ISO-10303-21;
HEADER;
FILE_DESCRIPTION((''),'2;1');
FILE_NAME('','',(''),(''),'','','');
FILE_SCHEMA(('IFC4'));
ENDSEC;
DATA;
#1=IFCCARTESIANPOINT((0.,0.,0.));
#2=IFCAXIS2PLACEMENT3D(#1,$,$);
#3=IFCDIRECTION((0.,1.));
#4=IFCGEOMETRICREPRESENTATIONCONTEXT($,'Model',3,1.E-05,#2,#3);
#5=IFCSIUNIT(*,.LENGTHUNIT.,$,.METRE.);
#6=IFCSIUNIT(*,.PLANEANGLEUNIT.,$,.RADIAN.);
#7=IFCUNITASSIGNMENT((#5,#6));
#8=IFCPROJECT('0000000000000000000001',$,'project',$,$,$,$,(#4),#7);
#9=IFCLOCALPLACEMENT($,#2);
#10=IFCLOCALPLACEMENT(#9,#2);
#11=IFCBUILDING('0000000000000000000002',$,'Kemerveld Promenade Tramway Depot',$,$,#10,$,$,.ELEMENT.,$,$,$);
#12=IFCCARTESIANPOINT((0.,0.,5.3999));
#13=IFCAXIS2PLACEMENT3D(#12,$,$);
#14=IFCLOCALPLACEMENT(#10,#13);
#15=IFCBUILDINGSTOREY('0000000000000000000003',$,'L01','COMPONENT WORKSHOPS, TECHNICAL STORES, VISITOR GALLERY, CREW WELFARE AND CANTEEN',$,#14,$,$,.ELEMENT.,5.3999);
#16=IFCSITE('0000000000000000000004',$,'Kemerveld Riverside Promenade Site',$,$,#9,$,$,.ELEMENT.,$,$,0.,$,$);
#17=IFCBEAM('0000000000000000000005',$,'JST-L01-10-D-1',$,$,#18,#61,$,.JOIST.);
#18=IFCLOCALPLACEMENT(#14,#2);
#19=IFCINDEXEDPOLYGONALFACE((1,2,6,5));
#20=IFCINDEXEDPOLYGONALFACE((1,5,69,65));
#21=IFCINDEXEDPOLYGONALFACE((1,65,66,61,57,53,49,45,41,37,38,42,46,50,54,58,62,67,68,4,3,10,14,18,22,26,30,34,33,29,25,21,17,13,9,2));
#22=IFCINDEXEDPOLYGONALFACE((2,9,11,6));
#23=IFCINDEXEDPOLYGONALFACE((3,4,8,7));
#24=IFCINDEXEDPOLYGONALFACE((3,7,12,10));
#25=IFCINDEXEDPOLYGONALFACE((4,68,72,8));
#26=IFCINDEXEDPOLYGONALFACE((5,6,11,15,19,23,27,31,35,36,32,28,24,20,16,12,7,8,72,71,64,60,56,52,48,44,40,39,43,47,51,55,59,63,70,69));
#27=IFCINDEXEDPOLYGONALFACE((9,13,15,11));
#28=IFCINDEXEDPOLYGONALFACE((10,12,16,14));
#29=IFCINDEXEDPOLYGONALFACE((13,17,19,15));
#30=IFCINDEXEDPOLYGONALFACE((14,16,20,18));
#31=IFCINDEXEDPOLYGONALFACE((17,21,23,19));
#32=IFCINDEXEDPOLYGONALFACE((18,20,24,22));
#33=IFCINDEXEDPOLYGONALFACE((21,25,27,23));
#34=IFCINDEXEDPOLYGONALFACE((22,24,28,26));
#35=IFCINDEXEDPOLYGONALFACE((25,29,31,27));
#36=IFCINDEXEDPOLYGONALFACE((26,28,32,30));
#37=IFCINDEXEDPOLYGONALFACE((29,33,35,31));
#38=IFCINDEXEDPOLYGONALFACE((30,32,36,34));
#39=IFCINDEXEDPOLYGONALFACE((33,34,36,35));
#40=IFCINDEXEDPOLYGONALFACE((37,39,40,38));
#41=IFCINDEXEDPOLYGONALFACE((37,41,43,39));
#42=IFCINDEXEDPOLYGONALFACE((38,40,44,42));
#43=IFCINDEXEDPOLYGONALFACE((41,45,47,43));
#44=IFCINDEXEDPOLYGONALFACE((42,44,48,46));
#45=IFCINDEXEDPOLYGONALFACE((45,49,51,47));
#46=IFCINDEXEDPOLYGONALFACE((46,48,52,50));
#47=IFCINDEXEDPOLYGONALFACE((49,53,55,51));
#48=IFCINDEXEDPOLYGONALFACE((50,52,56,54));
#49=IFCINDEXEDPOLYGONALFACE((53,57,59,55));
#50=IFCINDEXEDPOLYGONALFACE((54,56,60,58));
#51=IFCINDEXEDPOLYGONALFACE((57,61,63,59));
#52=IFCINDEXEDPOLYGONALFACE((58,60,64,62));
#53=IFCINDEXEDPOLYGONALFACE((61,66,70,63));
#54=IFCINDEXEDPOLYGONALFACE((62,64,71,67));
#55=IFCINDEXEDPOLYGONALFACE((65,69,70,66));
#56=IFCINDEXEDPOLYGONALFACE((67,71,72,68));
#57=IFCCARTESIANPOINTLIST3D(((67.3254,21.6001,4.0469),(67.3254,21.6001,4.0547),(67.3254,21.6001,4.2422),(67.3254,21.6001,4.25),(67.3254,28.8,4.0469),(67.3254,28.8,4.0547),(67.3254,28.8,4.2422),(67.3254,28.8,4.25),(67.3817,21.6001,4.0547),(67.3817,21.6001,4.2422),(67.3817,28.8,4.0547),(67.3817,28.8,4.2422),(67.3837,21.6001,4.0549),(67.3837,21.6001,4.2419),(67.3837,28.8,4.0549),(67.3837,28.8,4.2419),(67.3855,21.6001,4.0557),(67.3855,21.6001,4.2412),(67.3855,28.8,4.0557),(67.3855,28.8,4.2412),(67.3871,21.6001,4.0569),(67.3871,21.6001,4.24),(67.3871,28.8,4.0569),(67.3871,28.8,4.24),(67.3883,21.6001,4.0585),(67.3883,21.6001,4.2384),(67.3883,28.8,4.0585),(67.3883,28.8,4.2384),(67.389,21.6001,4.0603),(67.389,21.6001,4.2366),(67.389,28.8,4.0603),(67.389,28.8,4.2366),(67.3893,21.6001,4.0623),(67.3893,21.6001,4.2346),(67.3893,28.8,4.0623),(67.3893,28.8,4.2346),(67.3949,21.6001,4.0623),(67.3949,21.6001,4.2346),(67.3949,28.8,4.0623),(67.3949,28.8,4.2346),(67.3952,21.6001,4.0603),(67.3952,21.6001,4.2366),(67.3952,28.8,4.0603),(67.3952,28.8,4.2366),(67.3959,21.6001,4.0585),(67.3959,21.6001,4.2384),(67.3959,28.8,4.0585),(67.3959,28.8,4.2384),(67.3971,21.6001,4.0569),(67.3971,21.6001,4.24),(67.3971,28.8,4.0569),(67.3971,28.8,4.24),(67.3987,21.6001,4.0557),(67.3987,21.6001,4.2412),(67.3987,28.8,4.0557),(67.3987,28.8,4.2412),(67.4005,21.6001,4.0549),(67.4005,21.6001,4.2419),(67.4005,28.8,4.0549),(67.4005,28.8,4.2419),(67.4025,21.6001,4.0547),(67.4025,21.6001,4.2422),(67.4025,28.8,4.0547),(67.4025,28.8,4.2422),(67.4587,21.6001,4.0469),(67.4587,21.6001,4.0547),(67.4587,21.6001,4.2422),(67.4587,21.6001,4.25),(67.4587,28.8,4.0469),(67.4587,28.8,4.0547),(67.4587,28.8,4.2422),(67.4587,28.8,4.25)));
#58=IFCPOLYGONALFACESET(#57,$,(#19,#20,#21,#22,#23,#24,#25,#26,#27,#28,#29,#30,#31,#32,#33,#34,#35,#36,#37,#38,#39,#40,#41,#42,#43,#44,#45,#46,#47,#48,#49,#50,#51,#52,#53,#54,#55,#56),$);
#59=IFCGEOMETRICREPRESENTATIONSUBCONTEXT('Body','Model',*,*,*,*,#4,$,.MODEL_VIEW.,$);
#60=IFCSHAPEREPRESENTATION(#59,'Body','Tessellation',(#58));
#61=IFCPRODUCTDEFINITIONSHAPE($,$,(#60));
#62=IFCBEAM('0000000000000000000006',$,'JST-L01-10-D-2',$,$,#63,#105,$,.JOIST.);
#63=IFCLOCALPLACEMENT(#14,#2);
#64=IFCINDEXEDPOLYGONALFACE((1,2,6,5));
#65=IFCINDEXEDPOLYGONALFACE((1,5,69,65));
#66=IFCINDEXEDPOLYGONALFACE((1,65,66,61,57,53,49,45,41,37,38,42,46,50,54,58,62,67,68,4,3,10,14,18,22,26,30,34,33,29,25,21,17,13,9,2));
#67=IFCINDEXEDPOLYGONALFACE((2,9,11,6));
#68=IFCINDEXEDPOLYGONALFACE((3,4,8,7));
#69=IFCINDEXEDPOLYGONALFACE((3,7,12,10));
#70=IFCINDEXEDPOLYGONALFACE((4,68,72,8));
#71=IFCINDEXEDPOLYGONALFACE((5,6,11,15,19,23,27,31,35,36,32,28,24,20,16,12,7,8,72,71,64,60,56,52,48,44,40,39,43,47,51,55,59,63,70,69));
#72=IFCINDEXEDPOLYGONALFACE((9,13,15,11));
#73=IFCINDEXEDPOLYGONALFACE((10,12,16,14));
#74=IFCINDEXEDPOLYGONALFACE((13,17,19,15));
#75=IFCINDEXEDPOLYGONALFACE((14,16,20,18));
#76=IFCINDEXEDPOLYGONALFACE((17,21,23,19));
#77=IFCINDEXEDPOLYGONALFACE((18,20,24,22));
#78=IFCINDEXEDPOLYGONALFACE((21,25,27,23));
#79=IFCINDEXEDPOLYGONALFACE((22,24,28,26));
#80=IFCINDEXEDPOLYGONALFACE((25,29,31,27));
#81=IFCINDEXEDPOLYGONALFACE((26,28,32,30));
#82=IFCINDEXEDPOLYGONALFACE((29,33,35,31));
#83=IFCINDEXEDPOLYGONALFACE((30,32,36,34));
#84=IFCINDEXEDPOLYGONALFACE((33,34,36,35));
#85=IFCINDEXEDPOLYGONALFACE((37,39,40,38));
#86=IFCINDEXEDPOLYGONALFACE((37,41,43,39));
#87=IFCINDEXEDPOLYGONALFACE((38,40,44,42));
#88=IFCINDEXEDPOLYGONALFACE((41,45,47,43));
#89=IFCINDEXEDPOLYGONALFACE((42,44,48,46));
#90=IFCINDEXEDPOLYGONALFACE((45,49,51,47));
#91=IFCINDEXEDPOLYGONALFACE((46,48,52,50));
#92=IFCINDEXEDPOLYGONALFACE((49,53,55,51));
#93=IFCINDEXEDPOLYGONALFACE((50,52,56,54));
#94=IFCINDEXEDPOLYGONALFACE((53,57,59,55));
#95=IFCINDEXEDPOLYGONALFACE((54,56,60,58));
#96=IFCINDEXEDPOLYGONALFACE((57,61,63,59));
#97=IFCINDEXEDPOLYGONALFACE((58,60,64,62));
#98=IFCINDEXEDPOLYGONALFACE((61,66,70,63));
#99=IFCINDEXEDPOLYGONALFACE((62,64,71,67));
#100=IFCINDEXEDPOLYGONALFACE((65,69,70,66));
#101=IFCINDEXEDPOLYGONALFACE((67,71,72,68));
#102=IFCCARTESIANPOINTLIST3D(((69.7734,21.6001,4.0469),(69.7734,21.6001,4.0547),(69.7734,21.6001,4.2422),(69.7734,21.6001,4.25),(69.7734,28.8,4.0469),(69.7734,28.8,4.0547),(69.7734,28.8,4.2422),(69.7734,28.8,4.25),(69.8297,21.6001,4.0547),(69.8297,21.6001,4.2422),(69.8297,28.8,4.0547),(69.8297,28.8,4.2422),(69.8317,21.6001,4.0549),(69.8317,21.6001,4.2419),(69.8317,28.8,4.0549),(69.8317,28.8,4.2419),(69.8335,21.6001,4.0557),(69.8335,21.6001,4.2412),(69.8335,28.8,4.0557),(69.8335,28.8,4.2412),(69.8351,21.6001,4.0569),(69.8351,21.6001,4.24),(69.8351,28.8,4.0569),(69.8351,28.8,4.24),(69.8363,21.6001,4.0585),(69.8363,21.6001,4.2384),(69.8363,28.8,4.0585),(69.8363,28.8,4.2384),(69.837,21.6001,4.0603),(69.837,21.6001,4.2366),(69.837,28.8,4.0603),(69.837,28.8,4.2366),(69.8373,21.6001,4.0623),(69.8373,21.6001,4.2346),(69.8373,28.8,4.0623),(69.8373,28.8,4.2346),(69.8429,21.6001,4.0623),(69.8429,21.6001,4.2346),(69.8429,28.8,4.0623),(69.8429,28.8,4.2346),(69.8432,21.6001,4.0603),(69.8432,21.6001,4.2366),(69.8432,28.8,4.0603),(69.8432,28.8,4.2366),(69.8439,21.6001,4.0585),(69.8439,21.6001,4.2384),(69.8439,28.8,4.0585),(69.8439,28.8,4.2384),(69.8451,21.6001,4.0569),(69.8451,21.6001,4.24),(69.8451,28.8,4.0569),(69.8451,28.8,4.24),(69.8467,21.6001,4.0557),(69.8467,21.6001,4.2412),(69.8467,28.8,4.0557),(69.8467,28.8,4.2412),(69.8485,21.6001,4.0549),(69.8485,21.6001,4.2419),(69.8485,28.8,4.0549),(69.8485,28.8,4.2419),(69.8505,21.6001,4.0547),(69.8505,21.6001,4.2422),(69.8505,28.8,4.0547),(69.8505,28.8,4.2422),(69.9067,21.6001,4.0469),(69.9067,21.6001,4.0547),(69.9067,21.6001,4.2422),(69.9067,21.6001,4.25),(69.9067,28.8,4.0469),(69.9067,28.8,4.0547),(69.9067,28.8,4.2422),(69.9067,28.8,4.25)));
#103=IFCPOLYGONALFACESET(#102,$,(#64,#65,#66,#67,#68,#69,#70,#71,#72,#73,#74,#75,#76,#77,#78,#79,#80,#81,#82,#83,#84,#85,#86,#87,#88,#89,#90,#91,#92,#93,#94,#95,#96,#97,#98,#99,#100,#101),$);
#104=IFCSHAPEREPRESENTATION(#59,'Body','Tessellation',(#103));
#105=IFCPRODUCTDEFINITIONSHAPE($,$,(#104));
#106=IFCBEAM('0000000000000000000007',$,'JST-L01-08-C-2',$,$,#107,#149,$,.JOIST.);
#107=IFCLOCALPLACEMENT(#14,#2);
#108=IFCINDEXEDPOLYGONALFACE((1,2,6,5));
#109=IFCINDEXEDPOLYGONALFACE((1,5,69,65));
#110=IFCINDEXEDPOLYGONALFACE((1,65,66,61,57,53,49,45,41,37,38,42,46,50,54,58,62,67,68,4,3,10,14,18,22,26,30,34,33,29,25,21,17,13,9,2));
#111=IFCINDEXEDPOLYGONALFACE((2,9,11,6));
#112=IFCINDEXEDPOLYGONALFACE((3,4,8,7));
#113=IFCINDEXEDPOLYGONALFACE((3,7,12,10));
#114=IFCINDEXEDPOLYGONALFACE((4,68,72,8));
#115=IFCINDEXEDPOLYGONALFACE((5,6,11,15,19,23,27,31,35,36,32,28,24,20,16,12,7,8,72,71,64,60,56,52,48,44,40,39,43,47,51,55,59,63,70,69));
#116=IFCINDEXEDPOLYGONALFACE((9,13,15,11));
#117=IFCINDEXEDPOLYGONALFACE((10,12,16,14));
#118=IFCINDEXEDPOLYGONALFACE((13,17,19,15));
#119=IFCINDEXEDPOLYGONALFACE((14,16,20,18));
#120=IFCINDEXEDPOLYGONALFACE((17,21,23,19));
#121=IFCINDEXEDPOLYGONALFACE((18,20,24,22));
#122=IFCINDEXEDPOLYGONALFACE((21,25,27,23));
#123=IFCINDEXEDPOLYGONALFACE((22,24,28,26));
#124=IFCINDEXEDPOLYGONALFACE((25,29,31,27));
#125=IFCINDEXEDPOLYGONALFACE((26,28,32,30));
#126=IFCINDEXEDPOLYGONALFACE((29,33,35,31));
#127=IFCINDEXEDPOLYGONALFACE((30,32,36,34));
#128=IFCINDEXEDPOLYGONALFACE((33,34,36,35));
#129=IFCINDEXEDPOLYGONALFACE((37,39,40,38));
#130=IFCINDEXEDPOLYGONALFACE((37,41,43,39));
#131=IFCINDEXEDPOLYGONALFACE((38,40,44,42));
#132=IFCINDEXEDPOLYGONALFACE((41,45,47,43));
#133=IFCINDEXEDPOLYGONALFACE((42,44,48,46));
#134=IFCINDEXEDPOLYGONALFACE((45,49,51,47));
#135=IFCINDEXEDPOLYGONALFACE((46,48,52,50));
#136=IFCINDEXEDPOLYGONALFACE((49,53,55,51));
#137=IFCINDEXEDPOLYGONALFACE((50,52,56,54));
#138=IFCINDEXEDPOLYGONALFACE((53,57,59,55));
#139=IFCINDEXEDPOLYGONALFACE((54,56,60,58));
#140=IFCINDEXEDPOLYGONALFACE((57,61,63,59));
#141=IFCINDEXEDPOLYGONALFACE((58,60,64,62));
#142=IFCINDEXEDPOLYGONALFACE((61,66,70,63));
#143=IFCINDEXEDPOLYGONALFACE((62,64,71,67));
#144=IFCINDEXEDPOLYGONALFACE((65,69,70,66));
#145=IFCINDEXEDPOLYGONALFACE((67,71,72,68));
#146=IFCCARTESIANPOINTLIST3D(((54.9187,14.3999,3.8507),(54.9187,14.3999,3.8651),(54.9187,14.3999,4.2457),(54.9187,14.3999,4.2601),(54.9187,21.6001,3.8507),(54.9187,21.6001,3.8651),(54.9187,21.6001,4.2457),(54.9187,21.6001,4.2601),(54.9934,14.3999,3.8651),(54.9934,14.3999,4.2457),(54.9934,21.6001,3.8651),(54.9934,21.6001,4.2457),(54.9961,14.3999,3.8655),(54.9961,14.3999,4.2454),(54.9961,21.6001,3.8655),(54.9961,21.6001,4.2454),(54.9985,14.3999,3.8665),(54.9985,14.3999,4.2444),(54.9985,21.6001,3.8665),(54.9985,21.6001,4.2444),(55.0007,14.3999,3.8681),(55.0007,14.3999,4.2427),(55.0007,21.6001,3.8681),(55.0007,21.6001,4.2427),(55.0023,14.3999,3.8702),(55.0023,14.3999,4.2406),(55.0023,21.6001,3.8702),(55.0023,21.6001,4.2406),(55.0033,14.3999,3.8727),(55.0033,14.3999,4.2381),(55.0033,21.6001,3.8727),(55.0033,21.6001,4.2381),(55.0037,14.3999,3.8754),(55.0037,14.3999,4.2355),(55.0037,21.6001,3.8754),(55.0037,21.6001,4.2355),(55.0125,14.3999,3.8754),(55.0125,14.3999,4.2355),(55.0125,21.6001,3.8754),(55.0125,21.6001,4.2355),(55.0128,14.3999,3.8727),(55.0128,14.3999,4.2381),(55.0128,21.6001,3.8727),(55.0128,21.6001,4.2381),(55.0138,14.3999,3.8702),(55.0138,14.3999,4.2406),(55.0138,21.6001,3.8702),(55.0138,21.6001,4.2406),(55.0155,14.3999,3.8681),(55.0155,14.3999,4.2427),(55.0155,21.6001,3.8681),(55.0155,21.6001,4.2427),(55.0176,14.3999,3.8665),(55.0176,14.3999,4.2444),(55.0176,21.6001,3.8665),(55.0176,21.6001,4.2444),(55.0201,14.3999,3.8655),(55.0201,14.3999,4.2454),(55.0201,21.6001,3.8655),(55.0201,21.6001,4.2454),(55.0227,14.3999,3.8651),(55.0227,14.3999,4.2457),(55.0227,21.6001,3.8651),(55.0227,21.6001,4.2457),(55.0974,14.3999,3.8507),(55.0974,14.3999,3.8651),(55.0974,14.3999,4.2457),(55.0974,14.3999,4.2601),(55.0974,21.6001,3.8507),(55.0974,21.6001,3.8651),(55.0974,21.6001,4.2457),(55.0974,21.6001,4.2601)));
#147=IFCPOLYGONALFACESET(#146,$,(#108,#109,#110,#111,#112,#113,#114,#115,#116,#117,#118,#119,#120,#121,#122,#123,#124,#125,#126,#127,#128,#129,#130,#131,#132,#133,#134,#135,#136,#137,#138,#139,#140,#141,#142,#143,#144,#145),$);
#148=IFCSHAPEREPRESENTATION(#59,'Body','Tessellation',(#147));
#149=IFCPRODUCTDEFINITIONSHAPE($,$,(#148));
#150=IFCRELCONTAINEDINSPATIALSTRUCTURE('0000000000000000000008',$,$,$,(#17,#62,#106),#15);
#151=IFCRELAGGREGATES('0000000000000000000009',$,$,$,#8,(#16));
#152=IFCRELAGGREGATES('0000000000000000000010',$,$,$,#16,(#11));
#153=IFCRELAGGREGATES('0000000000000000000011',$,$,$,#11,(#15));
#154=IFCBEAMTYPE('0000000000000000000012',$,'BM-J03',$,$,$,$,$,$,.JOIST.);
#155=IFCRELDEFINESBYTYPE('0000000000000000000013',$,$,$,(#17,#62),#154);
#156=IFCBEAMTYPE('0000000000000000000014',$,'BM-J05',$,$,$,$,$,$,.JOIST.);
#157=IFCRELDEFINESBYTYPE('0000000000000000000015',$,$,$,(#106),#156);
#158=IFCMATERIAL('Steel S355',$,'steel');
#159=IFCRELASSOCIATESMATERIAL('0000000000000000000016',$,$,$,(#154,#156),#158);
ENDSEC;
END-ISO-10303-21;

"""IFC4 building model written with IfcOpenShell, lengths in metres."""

from ifc_helpers import new_model, si_unit, direction, frame, origin, origin_2d, place, context, subcontext, project, spatial, i_section, extrude, material, material_profile, profile_set, type_object, element, save


model = new_model("IFC4")

# Units and contexts
model_context = context("Model", 3, precision=1e-05, world=origin(), true_north=direction((0.0, 1.0)))
body_context = subcontext(model_context, "Body", "Model", "MODEL_VIEW")
ifc_project = project(units=[si_unit("LENGTHUNIT", "METRE"), si_unit("PLANEANGLEUNIT", "RADIAN")], contexts=[model_context])

# Site, building, storey
site_placement = place(None, origin())
site = spatial("IfcSite", under=ifc_project, at=site_placement, Name="Kemerveld Riverside Promenade Site", CompositionType="ELEMENT", RefElevation=0.0)
building_placement = place(site_placement, origin())
building = spatial("IfcBuilding", under=site, at=building_placement, Name="Kemerveld Promenade Tramway Depot", CompositionType="ELEMENT")
storey_placement = place(building_placement, frame((0.0, 0.0, 5.3999)))
storey = spatial("IfcBuildingStorey", under=building, at=storey_placement, Name="L01", Description="COMPONENT WORKSHOPS, TECHNICAL STORES, VISITOR GALLERY, CREW WELFARE AND CANTEEN", CompositionType="ELEMENT", Elevation=5.3999)

# Shared definitions
ifc_material_1 = material(Name="Steel S355", Category="steel")

# Beams
ifc_material_profile_1 = material_profile(ifc_material_1, i_section(OverallWidth=0.1333, OverallDepth=0.2031, WebThickness=0.0056, FlangeThickness=0.0078, FilletRadius=0.0076, at=origin_2d()), Name="203x133x25 UB")
ifc_profile_set_1 = profile_set([ifc_material_profile_1], Name="Steel S355")
beam_type_1 = type_object("IfcBeamType", Name="BM-J03", PredefinedType="JOIST", material=ifc_profile_set_1)
for number, where, z_axis, x_axis, name in (
    (1, (67.3921, 21.6001, 4.1484), (0.0, 1.0, 0.0), (-1.0, 0.0, 0.0), "JST-L01-10-D-1"),
    (2, (69.8401, 21.6001, 4.1484), (0.0, 1.0, 0.0), (-1.0, 0.0, 0.0), "JST-L01-10-D-2"),
):
    element("IfcBeam", number, at=place(storey_placement, frame(where, z_axis=z_axis, x_axis=x_axis)), inside=storey, type_object=beam_type_1, Name=name, PredefinedType="JOIST", context=body_context, shape_type="SweptSolid", body=[
        extrude(i_section(OverallWidth=0.1333, OverallDepth=0.2031, WebThickness=0.0056, FlangeThickness=0.0078, FilletRadius=0.0076, at=origin_2d()), origin(), (0.0, 0.0, 1.0), 7.2),
    ])
ifc_material_profile_2 = material_profile(ifc_material_1, i_section(OverallWidth=0.1787, OverallDepth=0.4094, WebThickness=0.0088, FlangeThickness=0.0144, FilletRadius=0.0103, at=origin_2d()), Name="406x178x67 UB")
ifc_profile_set_2 = profile_set([ifc_material_profile_2], Name="Steel S355")
beam_type_2 = type_object("IfcBeamType", Name="BM-J05", PredefinedType="JOIST", material=ifc_profile_set_2)
beam_1_placement = place(storey_placement, frame((55.0081, 14.3999, 4.0554), z_axis=(0.0, 1.0, 0.0), x_axis=(-1.0, 0.0, 0.0)))
element("IfcBeam", 3, at=beam_1_placement, inside=storey, type_object=beam_type_2, Name="JST-L01-08-C-2", PredefinedType="JOIST", context=body_context, shape_type="SweptSolid", body=[
    extrude(i_section(OverallWidth=0.1787, OverallDepth=0.4094, WebThickness=0.0088, FlangeThickness=0.0144, FilletRadius=0.0103, at=origin_2d()), origin(), (0.0, 0.0, 1.0), 7.2002),
])

save(model, "model.ifc")
